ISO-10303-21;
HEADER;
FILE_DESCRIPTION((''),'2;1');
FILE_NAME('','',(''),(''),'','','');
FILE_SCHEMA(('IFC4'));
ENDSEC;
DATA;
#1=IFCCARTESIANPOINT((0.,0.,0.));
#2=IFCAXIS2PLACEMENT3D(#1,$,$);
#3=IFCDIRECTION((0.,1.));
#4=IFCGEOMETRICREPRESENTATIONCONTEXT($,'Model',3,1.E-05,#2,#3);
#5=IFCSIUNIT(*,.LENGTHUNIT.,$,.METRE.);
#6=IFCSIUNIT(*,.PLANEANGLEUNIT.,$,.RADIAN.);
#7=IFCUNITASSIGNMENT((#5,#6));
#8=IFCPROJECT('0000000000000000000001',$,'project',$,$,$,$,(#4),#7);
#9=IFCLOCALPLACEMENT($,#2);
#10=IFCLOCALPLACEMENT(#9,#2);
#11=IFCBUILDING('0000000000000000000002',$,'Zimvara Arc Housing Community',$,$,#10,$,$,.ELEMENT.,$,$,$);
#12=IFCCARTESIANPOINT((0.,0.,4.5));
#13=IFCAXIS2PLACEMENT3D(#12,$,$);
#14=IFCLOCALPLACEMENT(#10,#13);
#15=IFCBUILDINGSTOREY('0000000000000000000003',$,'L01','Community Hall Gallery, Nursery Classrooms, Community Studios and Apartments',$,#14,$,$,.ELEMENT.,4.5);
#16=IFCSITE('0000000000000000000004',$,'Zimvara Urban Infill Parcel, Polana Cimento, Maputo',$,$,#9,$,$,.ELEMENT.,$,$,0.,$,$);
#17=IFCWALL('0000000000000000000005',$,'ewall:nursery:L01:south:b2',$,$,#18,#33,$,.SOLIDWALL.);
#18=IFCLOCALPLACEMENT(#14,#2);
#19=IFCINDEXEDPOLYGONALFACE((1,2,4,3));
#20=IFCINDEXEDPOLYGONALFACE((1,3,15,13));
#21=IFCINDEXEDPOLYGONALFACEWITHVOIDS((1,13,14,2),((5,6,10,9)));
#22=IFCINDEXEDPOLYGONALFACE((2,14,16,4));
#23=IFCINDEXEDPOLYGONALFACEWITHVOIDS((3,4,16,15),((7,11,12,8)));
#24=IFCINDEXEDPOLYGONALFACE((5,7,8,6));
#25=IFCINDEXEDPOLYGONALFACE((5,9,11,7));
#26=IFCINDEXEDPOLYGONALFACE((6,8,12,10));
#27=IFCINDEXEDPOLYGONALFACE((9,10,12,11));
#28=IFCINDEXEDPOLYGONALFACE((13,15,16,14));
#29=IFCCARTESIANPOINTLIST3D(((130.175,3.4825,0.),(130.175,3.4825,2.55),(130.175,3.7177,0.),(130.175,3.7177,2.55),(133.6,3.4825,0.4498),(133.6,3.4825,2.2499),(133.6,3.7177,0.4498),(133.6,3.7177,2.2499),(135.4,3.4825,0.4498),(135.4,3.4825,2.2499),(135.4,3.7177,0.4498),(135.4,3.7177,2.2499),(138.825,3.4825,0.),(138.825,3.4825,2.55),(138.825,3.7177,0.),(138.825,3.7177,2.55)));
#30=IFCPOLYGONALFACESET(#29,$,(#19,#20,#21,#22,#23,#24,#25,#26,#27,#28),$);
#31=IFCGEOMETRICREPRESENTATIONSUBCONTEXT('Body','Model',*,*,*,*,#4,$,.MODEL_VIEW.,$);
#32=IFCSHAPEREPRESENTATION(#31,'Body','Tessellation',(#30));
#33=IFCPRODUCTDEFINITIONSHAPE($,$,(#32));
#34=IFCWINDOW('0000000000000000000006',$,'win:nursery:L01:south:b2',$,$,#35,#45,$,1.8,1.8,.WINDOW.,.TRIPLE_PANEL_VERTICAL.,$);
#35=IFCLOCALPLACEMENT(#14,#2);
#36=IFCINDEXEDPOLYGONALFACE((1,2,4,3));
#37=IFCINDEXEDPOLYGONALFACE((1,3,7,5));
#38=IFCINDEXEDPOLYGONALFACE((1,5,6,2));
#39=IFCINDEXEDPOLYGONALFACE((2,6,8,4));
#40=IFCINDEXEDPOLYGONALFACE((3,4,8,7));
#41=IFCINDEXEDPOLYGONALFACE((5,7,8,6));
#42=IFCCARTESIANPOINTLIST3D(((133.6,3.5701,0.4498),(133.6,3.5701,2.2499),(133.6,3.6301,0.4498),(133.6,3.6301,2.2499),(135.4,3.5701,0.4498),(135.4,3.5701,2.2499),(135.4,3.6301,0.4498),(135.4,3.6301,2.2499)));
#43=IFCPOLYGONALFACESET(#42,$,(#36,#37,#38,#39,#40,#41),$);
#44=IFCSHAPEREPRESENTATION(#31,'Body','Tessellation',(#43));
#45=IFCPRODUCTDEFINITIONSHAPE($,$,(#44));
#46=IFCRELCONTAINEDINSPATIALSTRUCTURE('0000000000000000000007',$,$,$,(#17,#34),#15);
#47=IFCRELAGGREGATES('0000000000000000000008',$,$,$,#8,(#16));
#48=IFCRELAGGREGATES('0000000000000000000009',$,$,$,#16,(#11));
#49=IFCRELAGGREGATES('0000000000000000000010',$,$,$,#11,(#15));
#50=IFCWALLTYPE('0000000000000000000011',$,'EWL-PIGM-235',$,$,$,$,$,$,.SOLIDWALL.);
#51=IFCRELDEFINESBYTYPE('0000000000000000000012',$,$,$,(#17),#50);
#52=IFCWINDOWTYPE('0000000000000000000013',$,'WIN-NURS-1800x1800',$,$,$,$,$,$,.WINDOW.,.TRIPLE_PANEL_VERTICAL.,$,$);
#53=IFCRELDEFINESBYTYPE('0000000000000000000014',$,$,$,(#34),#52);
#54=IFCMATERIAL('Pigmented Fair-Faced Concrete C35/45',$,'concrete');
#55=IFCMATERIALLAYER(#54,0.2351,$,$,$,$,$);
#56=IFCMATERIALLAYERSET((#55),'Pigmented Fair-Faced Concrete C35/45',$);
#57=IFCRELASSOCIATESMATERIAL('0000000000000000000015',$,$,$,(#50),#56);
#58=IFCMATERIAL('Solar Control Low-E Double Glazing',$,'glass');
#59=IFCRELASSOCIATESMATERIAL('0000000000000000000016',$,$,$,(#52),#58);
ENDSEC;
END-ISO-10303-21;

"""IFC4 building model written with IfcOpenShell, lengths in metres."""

from ifc_helpers import new_model, si_unit, direction, frame, frame_2d, origin, place, context, subcontext, project, spatial, rectangle, extrude, material, layer, layer_set, type_object, element, fill, save


model = new_model("IFC4")

# Units and contexts
model_context = context("Model", 3, precision=1e-05, world=origin(), true_north=direction((0.0, 1.0)))
body_context = subcontext(model_context, "Body", "Model", "MODEL_VIEW")
ifc_project = project(units=[si_unit("LENGTHUNIT", "METRE"), si_unit("PLANEANGLEUNIT", "RADIAN")], contexts=[model_context])

# Site, building, storey
site_placement = place(None, origin())
site = spatial("IfcSite", under=ifc_project, at=site_placement, Name="Zimvara Urban Infill Parcel, Polana Cimento, Maputo", CompositionType="ELEMENT", RefElevation=0.0)
building_placement = place(site_placement, origin())
building = spatial("IfcBuilding", under=site, at=building_placement, Name="Zimvara Arc Housing Community", CompositionType="ELEMENT")
storey_placement = place(building_placement, frame((0.0, 0.0, 4.5)))
storey = spatial("IfcBuildingStorey", under=building, at=storey_placement, Name="L01", Description="Community Hall Gallery, Nursery Classrooms, Community Studios and Apartments", CompositionType="ELEMENT", Elevation=4.5)

# Wall, opening, window
ifc_material_1 = material(Name="Pigmented Fair-Faced Concrete C35/45", Category="concrete")
ifc_layer_1 = layer(ifc_material_1, 0.2351)
ifc_layer_set_1 = layer_set([ifc_layer_1], Name="Pigmented Fair-Faced Concrete C35/45")
wall_type_1 = type_object("IfcWallType", Name="EWL-PIGM-235", PredefinedType="SOLIDWALL", material=ifc_layer_set_1)
wall_placement = place(storey_placement, frame((130.175, 3.6001, 0.0), z_axis=(0.0, 0.0, 1.0), x_axis=(1.0, 0.0, 0.0)))
wall = element("IfcWall", 1, at=wall_placement, inside=storey, type_object=wall_type_1, Name="ewall:nursery:L01:south:b2", PredefinedType="SOLIDWALL", context=body_context, shape_type="SweptSolid", body=[
    extrude(rectangle(XDim=8.6499, YDim=0.2351, at=frame_2d((4.325, 0.0))), origin(), (0.0, 0.0, 1.0), 2.55),
])
opening_placement = place(wall_placement, frame((3.425, 0.0, 0.45)))
opening = element("IfcOpeningElement", 2, at=opening_placement, cuts=wall, PredefinedType="OPENING", context=body_context, shape_type="SweptSolid", body=[
    extrude(rectangle(XDim=1.8, YDim=1.8, at=frame_2d((0.8999, 0.8999))), frame((0.0, 0.1274, 0.0), z_axis=(0.0, -1.0, 0.0), x_axis=(1.0, 0.0, 0.0)), (0.0, 0.0, 1.0), 0.2551),
])
ifc_material_2 = material(Name="Solar Control Low-E Double Glazing", Category="glass")
window_type = type_object("IfcWindowType", Name="WIN-NURS-1800x1800", PartitioningType="TRIPLE_PANEL_VERTICAL", PredefinedType="WINDOW", material=ifc_material_2)
window_placement = place(opening_placement, origin())
window = element("IfcWindow", 3, at=window_placement, inside=storey, type_object=window_type, Name="win:nursery:L01:south:b2", OverallHeight=1.8, OverallWidth=1.8, PartitioningType="TRIPLE_PANEL_VERTICAL", PredefinedType="WINDOW", context=body_context, shape_type="SweptSolid", body=[
    extrude(rectangle(XDim=1.8, YDim=1.8, at=frame_2d((0.8999, 0.8999))), frame((0.0, 0.03, 0.0), z_axis=(0.0, -1.0, 0.0), x_axis=(1.0, 0.0, 0.0)), (0.0, 0.0, 1.0), 0.0601),
])
fill(opening, window)

save(model, "model.ifc")
